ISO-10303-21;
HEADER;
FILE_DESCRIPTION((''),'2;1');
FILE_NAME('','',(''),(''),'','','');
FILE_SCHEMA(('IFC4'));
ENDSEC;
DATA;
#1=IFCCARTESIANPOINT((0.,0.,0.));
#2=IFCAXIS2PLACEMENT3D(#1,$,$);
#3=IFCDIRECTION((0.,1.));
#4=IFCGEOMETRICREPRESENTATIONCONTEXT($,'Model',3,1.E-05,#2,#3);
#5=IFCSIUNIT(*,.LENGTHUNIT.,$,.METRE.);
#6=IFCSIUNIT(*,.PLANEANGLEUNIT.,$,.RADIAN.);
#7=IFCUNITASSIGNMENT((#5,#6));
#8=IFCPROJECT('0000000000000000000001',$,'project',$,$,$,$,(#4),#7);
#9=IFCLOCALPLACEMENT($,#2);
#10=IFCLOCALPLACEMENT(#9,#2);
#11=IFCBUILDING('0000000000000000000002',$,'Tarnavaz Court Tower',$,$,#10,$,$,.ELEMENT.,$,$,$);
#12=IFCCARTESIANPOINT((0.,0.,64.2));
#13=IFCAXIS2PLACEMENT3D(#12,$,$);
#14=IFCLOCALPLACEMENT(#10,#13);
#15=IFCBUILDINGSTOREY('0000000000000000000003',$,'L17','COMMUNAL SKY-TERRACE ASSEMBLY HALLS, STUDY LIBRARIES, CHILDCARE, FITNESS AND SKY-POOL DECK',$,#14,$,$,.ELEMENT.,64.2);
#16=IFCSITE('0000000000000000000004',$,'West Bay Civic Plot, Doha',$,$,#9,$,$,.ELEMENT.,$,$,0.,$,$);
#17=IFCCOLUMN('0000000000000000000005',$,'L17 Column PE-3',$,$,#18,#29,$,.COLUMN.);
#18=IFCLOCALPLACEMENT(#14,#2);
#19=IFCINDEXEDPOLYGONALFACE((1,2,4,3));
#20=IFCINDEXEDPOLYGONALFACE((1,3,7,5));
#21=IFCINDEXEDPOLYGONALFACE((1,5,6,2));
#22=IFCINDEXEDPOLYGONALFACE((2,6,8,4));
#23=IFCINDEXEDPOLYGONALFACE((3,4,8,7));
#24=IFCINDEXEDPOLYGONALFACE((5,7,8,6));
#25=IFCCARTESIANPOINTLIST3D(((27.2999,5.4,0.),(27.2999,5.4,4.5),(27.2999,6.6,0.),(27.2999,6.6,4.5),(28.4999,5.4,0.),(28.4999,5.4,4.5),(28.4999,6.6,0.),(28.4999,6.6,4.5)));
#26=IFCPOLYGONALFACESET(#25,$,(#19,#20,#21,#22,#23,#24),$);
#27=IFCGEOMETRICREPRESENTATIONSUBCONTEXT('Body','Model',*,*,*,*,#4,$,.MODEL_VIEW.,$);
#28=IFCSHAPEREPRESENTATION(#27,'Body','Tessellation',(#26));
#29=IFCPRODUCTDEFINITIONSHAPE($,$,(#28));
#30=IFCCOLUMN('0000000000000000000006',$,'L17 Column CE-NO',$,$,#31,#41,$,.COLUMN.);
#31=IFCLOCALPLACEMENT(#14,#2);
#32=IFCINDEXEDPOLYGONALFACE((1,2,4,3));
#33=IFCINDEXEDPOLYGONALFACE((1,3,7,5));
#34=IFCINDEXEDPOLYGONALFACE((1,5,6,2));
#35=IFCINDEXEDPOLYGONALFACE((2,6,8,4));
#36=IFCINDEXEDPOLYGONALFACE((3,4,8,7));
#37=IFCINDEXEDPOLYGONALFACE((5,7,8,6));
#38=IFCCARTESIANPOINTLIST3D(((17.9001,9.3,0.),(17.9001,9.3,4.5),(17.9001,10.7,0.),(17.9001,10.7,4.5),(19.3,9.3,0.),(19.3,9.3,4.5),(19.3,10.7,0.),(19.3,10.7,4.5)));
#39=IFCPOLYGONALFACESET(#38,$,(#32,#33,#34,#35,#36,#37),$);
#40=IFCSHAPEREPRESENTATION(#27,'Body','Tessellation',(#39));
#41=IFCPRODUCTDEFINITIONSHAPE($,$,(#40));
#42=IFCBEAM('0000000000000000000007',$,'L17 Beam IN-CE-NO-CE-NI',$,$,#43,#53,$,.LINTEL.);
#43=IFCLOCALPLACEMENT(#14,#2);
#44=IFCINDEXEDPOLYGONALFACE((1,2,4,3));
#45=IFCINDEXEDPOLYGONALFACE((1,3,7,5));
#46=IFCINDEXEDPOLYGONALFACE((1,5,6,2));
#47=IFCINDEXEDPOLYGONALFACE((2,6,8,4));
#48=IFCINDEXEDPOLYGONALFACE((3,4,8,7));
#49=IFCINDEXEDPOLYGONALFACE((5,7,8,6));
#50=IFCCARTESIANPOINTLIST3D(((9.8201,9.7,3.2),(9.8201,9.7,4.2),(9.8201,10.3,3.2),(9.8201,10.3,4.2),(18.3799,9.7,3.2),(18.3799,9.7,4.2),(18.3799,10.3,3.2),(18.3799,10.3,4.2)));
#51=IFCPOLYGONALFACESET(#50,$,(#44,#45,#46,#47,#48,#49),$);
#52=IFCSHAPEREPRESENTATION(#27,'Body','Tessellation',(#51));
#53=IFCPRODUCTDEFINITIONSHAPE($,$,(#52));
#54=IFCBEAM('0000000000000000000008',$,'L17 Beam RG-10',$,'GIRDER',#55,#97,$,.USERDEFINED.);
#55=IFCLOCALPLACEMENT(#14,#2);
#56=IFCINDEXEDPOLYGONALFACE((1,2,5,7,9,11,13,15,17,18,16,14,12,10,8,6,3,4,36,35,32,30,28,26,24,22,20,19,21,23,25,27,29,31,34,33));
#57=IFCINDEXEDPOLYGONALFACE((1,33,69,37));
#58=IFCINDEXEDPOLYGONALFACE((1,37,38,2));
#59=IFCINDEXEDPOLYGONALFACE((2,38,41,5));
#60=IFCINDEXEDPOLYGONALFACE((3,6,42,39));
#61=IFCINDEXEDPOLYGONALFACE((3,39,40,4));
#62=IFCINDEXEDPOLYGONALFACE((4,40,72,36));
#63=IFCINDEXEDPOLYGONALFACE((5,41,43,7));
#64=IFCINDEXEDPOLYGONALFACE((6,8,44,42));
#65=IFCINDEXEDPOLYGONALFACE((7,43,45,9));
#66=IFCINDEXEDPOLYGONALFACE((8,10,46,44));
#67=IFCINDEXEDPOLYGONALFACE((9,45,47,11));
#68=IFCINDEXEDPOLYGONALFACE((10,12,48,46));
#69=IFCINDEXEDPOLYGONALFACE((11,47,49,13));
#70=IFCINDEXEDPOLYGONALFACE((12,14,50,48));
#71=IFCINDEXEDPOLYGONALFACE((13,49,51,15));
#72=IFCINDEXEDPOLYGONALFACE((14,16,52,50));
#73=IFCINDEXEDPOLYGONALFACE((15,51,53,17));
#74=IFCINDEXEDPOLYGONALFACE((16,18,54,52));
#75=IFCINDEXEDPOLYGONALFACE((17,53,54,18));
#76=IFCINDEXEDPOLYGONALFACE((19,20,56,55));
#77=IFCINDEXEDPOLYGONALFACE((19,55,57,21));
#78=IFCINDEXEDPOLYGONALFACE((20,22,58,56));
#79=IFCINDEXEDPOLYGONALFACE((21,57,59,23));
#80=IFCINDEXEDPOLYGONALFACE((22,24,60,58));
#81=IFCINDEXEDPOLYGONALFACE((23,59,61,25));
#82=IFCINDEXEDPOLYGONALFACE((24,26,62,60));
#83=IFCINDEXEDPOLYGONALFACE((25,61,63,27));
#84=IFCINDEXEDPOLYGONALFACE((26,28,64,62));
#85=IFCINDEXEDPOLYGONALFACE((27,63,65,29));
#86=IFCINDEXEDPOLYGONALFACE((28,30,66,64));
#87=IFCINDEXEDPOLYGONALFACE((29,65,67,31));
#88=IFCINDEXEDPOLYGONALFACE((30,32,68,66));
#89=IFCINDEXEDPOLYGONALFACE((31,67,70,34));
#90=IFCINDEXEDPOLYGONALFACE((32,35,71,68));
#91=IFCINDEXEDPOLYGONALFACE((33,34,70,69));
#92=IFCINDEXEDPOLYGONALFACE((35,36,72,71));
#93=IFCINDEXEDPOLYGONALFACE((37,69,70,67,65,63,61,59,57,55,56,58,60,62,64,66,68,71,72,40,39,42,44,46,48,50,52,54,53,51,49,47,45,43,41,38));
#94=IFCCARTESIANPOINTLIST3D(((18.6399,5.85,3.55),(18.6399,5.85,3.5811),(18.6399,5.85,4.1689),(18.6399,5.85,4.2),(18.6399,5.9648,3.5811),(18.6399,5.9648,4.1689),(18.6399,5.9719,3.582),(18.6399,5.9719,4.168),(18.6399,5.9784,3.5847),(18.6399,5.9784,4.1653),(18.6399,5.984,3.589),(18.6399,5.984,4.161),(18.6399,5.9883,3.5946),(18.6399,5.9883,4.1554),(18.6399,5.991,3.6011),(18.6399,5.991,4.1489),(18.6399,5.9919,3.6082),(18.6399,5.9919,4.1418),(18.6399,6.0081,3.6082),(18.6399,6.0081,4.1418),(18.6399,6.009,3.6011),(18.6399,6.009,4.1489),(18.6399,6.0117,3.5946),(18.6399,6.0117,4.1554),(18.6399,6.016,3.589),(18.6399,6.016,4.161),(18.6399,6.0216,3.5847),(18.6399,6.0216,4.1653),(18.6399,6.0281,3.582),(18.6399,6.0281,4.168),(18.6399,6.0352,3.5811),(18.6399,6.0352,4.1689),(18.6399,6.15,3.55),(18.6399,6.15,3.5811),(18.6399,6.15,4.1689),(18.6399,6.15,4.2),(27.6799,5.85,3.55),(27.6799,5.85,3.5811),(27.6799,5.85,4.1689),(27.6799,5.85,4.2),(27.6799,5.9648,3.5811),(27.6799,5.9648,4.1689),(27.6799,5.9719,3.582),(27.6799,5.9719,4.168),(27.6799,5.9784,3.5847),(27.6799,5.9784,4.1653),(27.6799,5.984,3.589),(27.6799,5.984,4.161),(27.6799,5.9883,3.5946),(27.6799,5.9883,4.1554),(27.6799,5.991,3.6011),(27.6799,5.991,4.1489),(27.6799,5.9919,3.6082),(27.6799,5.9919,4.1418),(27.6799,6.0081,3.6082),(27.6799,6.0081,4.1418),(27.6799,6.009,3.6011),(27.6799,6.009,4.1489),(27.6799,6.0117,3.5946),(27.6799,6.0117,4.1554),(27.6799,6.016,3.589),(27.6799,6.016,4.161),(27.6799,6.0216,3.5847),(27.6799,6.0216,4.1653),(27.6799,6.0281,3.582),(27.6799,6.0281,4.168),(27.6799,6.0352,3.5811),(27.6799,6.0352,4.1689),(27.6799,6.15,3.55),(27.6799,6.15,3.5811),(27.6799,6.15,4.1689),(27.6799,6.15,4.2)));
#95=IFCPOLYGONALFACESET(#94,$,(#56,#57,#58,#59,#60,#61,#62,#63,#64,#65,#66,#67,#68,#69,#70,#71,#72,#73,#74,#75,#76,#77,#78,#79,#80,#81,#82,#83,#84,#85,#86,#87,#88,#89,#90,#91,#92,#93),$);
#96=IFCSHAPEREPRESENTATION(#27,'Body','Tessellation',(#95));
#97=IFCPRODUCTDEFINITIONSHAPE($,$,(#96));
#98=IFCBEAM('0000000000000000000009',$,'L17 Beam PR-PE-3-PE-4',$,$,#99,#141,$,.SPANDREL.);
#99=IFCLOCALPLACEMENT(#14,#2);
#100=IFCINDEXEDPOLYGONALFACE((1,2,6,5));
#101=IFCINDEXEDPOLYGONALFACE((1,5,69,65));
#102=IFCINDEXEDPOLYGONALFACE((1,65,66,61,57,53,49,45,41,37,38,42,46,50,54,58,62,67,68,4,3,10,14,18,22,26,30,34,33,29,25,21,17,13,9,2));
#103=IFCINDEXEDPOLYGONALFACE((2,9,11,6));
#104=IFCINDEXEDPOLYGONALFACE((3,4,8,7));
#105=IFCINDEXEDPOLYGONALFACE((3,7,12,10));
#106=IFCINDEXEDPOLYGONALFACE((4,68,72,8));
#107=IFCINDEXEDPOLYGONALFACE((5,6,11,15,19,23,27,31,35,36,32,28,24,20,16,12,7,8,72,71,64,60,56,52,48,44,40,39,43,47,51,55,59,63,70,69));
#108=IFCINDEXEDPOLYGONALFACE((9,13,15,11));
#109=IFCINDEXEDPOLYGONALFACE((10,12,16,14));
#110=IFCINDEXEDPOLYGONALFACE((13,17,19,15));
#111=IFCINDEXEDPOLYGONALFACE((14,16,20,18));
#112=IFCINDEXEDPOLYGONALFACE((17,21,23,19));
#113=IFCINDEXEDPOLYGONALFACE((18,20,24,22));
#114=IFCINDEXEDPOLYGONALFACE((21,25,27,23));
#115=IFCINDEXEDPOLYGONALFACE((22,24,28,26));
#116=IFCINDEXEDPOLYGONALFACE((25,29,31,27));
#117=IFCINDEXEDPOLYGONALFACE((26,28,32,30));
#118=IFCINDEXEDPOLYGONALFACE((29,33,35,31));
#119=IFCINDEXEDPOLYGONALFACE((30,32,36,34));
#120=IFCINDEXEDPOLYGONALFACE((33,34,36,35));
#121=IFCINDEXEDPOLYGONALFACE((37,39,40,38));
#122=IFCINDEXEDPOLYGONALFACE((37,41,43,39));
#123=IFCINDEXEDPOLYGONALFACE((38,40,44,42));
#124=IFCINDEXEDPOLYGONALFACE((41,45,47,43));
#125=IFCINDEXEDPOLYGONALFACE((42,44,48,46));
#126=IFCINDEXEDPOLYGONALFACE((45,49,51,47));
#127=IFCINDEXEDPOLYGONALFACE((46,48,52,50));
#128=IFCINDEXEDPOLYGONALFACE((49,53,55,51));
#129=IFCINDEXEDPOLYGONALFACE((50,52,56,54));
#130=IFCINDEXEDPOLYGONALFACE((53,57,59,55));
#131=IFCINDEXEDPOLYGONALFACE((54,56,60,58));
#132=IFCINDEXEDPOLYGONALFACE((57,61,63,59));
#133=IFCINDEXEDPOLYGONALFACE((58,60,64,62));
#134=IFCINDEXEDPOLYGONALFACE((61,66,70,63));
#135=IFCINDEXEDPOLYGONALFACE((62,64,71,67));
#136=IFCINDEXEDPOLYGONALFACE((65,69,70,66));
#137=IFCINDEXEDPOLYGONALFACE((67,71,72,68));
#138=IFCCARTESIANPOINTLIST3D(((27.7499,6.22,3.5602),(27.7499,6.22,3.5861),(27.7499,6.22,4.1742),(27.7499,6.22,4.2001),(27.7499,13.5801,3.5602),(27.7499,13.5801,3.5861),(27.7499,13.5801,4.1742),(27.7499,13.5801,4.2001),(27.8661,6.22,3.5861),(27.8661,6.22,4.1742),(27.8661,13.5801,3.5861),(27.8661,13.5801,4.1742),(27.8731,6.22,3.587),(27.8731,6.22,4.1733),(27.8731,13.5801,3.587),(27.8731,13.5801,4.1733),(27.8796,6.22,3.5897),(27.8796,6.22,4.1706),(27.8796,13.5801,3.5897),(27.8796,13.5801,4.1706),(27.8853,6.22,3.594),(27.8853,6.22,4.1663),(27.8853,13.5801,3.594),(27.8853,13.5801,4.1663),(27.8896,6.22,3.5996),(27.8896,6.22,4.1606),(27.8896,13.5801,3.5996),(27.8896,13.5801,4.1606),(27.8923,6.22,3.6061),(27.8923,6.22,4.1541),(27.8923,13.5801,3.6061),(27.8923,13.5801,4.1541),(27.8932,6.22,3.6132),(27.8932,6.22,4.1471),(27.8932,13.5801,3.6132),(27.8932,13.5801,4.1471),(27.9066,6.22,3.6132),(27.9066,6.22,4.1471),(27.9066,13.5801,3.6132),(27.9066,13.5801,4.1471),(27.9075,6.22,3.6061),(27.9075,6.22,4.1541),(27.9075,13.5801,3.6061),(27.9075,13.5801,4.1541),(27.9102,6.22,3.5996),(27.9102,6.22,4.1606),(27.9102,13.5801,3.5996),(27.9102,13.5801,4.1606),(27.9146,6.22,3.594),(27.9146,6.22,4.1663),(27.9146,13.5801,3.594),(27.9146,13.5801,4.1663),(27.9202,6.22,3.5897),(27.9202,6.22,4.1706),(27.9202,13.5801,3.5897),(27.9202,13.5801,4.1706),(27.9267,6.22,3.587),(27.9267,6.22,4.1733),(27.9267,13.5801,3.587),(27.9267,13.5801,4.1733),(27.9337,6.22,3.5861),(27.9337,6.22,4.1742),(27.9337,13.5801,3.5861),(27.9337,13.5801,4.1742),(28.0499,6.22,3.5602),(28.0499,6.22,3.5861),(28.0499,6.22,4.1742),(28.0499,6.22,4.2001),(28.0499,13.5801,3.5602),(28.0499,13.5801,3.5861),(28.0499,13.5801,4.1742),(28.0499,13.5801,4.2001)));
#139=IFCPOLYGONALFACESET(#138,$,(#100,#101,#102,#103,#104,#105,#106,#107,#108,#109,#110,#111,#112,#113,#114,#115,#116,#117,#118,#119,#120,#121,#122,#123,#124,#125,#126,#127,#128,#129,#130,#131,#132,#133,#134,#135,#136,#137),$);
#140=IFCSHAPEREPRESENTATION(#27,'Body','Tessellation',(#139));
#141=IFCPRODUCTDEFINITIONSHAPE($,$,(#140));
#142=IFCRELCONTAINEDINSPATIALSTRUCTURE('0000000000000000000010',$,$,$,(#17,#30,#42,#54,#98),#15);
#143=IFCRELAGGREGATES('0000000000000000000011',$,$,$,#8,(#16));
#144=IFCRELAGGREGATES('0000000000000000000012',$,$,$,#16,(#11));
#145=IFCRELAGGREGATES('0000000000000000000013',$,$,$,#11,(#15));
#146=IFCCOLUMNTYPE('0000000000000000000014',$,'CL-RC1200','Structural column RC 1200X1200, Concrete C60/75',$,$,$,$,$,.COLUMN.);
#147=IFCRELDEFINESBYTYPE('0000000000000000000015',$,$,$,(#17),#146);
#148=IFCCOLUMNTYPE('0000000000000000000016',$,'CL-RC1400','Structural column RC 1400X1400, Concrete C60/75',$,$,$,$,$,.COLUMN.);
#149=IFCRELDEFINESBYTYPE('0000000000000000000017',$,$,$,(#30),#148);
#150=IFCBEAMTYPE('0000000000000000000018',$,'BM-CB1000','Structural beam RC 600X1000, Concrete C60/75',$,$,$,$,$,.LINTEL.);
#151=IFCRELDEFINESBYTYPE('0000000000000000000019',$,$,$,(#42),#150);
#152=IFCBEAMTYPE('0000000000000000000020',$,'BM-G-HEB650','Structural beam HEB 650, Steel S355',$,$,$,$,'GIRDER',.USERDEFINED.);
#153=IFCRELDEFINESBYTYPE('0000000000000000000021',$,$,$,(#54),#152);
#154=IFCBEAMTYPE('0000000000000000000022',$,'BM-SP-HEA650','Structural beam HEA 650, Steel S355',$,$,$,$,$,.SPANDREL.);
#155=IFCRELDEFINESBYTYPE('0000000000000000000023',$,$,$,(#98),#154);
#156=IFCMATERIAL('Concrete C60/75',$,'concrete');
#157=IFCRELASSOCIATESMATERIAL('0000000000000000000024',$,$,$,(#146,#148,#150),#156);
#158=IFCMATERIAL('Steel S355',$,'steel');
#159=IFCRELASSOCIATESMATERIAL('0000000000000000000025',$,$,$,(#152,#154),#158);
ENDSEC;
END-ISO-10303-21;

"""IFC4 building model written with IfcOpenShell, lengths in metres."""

from ifc_helpers import new_model, si_unit, direction, frame, origin, origin_2d, place, context, subcontext, project, spatial, rectangle, i_section, extrude, material, material_profile, profile_set, type_object, element, save


model = new_model("IFC4")

# Units and contexts
model_context = context("Model", 3, precision=1e-05, world=origin(), true_north=direction((0.0, 1.0)))
body_context = subcontext(model_context, "Body", "Model", "MODEL_VIEW")
ifc_project = project(units=[si_unit("LENGTHUNIT", "METRE"), si_unit("PLANEANGLEUNIT", "RADIAN")], contexts=[model_context])

# Site, building, storey
site_placement = place(None, origin())
site = spatial("IfcSite", under=ifc_project, at=site_placement, Name="West Bay Civic Plot, Doha", CompositionType="ELEMENT", RefElevation=0.0)
building_placement = place(site_placement, origin())
building = spatial("IfcBuilding", under=site, at=building_placement, Name="Tarnavaz Court Tower", CompositionType="ELEMENT")
storey_placement = place(building_placement, frame((0.0, 0.0, 64.2)))
storey = spatial("IfcBuildingStorey", under=building, at=storey_placement, Name="L17", Description="COMMUNAL SKY-TERRACE ASSEMBLY HALLS, STUDY LIBRARIES, CHILDCARE, FITNESS AND SKY-POOL DECK", CompositionType="ELEMENT", Elevation=64.2)

# Columns
ifc_material_1 = material(Name="Concrete C60/75", Category="concrete")
ifc_material_profile_1 = material_profile(ifc_material_1, rectangle(XDim=1.2, YDim=1.2, at=origin_2d()), Name="RC 1200X1200")
ifc_profile_set_1 = profile_set([ifc_material_profile_1], Name="Concrete C60/75")
column_type_1 = type_object("IfcColumnType", Name="CL-RC1200", Description="Structural column RC 1200X1200, Concrete C60/75", PredefinedType="COLUMN", material=ifc_profile_set_1)
column_1_placement = place(storey_placement, frame((27.8999, 6.0, 0.0), z_axis=(0.0, 0.0, 1.0), x_axis=(1.0, 0.0, 0.0)))
element("IfcColumn", 1, at=column_1_placement, inside=storey, type_object=column_type_1, Name="L17 Column PE-3", PredefinedType="COLUMN", context=body_context, shape_type="SweptSolid", body=[
    extrude(rectangle(XDim=1.2, YDim=1.2, at=origin_2d()), origin(), (0.0, 0.0, 1.0), 4.5),
])
ifc_material_profile_2 = material_profile(ifc_material_1, rectangle(XDim=1.3999, YDim=1.3999, at=origin_2d()), Name="RC 1400X1400")
ifc_profile_set_2 = profile_set([ifc_material_profile_2], Name="Concrete C60/75")
column_type_2 = type_object("IfcColumnType", Name="CL-RC1400", Description="Structural column RC 1400X1400, Concrete C60/75", PredefinedType="COLUMN", material=ifc_profile_set_2)
column_2_placement = place(storey_placement, frame((18.6001, 10.0, 0.0), z_axis=(0.0, 0.0, 1.0), x_axis=(1.0, 0.0, 0.0)))
element("IfcColumn", 2, at=column_2_placement, inside=storey, type_object=column_type_2, Name="L17 Column CE-NO", PredefinedType="COLUMN", context=body_context, shape_type="SweptSolid", body=[
    extrude(rectangle(XDim=1.3999, YDim=1.3999, at=origin_2d()), origin(), (0.0, 0.0, 1.0), 4.5),
])

# Beams
ifc_material_profile_3 = material_profile(ifc_material_1, rectangle(XDim=0.6001, YDim=1.0, at=origin_2d()), Name="RC 600X1000")
ifc_profile_set_3 = profile_set([ifc_material_profile_3], Name="Concrete C60/75")
beam_type_1 = type_object("IfcBeamType", Name="BM-CB1000", Description="Structural beam RC 600X1000, Concrete C60/75", PredefinedType="LINTEL", material=ifc_profile_set_3)
beam_1_placement = place(storey_placement, frame((18.3799, 10.0, 3.7), z_axis=(-1.0, 0.0, 0.0), x_axis=(0.0, -1.0, 0.0)))
element("IfcBeam", 3, at=beam_1_placement, inside=storey, type_object=beam_type_1, Name="L17 Beam IN-CE-NO-CE-NI", PredefinedType="LINTEL", context=body_context, shape_type="SweptSolid", body=[
    extrude(rectangle(XDim=0.6001, YDim=1.0, at=origin_2d()), origin(), (0.0, 0.0, 1.0), 8.5598),
])
ifc_material_2 = material(Name="Steel S355", Category="steel")
ifc_material_profile_4 = material_profile(ifc_material_2, i_section(OverallWidth=0.3, OverallDepth=0.6499, WebThickness=0.0161, FlangeThickness=0.031, FilletRadius=0.0271, at=origin_2d()), Name="HEB 650")
ifc_profile_set_4 = profile_set([ifc_material_profile_4], Name="Steel S355")
beam_type_2 = type_object("IfcBeamType", Name="BM-G-HEB650", Description="Structural beam HEB 650, Steel S355", ElementType="GIRDER", PredefinedType="USERDEFINED", material=ifc_profile_set_4)
beam_2_placement = place(storey_placement, frame((18.6399, 6.0, 3.875), z_axis=(1.0, 0.0, 0.0), x_axis=(0.0, 1.0, 0.0)))
element("IfcBeam", 4, at=beam_2_placement, inside=storey, type_object=beam_type_2, Name="L17 Beam RG-10", ObjectType="GIRDER", PredefinedType="USERDEFINED", context=body_context, shape_type="SweptSolid", body=[
    extrude(i_section(OverallWidth=0.3, OverallDepth=0.6499, WebThickness=0.0161, FlangeThickness=0.031, FilletRadius=0.0271, at=origin_2d()), origin(), (0.0, 0.0, 1.0), 9.04),
])
ifc_material_profile_5 = material_profile(ifc_material_2, i_section(OverallWidth=0.3, OverallDepth=0.6399, WebThickness=0.0134, FlangeThickness=0.0259, FilletRadius=0.0271, at=origin_2d()), Name="HEA 650")
ifc_profile_set_5 = profile_set([ifc_material_profile_5], Name="Steel S355")
beam_type_3 = type_object("IfcBeamType", Name="BM-SP-HEA650", Description="Structural beam HEA 650, Steel S355", PredefinedType="SPANDREL", material=ifc_profile_set_5)
beam_3_placement = place(storey_placement, frame((27.8999, 6.22, 3.8801), z_axis=(0.0, 1.0, 0.0), x_axis=(-1.0, 0.0, 0.0)))
element("IfcBeam", 5, at=beam_3_placement, inside=storey, type_object=beam_type_3, Name="L17 Beam PR-PE-3-PE-4", PredefinedType="SPANDREL", context=body_context, shape_type="SweptSolid", body=[
    extrude(i_section(OverallWidth=0.3, OverallDepth=0.6399, WebThickness=0.0134, FlangeThickness=0.0259, FilletRadius=0.0271, at=origin_2d()), origin(), (0.0, 0.0, 1.0), 7.3601),
])

save(model, "model.ifc")
